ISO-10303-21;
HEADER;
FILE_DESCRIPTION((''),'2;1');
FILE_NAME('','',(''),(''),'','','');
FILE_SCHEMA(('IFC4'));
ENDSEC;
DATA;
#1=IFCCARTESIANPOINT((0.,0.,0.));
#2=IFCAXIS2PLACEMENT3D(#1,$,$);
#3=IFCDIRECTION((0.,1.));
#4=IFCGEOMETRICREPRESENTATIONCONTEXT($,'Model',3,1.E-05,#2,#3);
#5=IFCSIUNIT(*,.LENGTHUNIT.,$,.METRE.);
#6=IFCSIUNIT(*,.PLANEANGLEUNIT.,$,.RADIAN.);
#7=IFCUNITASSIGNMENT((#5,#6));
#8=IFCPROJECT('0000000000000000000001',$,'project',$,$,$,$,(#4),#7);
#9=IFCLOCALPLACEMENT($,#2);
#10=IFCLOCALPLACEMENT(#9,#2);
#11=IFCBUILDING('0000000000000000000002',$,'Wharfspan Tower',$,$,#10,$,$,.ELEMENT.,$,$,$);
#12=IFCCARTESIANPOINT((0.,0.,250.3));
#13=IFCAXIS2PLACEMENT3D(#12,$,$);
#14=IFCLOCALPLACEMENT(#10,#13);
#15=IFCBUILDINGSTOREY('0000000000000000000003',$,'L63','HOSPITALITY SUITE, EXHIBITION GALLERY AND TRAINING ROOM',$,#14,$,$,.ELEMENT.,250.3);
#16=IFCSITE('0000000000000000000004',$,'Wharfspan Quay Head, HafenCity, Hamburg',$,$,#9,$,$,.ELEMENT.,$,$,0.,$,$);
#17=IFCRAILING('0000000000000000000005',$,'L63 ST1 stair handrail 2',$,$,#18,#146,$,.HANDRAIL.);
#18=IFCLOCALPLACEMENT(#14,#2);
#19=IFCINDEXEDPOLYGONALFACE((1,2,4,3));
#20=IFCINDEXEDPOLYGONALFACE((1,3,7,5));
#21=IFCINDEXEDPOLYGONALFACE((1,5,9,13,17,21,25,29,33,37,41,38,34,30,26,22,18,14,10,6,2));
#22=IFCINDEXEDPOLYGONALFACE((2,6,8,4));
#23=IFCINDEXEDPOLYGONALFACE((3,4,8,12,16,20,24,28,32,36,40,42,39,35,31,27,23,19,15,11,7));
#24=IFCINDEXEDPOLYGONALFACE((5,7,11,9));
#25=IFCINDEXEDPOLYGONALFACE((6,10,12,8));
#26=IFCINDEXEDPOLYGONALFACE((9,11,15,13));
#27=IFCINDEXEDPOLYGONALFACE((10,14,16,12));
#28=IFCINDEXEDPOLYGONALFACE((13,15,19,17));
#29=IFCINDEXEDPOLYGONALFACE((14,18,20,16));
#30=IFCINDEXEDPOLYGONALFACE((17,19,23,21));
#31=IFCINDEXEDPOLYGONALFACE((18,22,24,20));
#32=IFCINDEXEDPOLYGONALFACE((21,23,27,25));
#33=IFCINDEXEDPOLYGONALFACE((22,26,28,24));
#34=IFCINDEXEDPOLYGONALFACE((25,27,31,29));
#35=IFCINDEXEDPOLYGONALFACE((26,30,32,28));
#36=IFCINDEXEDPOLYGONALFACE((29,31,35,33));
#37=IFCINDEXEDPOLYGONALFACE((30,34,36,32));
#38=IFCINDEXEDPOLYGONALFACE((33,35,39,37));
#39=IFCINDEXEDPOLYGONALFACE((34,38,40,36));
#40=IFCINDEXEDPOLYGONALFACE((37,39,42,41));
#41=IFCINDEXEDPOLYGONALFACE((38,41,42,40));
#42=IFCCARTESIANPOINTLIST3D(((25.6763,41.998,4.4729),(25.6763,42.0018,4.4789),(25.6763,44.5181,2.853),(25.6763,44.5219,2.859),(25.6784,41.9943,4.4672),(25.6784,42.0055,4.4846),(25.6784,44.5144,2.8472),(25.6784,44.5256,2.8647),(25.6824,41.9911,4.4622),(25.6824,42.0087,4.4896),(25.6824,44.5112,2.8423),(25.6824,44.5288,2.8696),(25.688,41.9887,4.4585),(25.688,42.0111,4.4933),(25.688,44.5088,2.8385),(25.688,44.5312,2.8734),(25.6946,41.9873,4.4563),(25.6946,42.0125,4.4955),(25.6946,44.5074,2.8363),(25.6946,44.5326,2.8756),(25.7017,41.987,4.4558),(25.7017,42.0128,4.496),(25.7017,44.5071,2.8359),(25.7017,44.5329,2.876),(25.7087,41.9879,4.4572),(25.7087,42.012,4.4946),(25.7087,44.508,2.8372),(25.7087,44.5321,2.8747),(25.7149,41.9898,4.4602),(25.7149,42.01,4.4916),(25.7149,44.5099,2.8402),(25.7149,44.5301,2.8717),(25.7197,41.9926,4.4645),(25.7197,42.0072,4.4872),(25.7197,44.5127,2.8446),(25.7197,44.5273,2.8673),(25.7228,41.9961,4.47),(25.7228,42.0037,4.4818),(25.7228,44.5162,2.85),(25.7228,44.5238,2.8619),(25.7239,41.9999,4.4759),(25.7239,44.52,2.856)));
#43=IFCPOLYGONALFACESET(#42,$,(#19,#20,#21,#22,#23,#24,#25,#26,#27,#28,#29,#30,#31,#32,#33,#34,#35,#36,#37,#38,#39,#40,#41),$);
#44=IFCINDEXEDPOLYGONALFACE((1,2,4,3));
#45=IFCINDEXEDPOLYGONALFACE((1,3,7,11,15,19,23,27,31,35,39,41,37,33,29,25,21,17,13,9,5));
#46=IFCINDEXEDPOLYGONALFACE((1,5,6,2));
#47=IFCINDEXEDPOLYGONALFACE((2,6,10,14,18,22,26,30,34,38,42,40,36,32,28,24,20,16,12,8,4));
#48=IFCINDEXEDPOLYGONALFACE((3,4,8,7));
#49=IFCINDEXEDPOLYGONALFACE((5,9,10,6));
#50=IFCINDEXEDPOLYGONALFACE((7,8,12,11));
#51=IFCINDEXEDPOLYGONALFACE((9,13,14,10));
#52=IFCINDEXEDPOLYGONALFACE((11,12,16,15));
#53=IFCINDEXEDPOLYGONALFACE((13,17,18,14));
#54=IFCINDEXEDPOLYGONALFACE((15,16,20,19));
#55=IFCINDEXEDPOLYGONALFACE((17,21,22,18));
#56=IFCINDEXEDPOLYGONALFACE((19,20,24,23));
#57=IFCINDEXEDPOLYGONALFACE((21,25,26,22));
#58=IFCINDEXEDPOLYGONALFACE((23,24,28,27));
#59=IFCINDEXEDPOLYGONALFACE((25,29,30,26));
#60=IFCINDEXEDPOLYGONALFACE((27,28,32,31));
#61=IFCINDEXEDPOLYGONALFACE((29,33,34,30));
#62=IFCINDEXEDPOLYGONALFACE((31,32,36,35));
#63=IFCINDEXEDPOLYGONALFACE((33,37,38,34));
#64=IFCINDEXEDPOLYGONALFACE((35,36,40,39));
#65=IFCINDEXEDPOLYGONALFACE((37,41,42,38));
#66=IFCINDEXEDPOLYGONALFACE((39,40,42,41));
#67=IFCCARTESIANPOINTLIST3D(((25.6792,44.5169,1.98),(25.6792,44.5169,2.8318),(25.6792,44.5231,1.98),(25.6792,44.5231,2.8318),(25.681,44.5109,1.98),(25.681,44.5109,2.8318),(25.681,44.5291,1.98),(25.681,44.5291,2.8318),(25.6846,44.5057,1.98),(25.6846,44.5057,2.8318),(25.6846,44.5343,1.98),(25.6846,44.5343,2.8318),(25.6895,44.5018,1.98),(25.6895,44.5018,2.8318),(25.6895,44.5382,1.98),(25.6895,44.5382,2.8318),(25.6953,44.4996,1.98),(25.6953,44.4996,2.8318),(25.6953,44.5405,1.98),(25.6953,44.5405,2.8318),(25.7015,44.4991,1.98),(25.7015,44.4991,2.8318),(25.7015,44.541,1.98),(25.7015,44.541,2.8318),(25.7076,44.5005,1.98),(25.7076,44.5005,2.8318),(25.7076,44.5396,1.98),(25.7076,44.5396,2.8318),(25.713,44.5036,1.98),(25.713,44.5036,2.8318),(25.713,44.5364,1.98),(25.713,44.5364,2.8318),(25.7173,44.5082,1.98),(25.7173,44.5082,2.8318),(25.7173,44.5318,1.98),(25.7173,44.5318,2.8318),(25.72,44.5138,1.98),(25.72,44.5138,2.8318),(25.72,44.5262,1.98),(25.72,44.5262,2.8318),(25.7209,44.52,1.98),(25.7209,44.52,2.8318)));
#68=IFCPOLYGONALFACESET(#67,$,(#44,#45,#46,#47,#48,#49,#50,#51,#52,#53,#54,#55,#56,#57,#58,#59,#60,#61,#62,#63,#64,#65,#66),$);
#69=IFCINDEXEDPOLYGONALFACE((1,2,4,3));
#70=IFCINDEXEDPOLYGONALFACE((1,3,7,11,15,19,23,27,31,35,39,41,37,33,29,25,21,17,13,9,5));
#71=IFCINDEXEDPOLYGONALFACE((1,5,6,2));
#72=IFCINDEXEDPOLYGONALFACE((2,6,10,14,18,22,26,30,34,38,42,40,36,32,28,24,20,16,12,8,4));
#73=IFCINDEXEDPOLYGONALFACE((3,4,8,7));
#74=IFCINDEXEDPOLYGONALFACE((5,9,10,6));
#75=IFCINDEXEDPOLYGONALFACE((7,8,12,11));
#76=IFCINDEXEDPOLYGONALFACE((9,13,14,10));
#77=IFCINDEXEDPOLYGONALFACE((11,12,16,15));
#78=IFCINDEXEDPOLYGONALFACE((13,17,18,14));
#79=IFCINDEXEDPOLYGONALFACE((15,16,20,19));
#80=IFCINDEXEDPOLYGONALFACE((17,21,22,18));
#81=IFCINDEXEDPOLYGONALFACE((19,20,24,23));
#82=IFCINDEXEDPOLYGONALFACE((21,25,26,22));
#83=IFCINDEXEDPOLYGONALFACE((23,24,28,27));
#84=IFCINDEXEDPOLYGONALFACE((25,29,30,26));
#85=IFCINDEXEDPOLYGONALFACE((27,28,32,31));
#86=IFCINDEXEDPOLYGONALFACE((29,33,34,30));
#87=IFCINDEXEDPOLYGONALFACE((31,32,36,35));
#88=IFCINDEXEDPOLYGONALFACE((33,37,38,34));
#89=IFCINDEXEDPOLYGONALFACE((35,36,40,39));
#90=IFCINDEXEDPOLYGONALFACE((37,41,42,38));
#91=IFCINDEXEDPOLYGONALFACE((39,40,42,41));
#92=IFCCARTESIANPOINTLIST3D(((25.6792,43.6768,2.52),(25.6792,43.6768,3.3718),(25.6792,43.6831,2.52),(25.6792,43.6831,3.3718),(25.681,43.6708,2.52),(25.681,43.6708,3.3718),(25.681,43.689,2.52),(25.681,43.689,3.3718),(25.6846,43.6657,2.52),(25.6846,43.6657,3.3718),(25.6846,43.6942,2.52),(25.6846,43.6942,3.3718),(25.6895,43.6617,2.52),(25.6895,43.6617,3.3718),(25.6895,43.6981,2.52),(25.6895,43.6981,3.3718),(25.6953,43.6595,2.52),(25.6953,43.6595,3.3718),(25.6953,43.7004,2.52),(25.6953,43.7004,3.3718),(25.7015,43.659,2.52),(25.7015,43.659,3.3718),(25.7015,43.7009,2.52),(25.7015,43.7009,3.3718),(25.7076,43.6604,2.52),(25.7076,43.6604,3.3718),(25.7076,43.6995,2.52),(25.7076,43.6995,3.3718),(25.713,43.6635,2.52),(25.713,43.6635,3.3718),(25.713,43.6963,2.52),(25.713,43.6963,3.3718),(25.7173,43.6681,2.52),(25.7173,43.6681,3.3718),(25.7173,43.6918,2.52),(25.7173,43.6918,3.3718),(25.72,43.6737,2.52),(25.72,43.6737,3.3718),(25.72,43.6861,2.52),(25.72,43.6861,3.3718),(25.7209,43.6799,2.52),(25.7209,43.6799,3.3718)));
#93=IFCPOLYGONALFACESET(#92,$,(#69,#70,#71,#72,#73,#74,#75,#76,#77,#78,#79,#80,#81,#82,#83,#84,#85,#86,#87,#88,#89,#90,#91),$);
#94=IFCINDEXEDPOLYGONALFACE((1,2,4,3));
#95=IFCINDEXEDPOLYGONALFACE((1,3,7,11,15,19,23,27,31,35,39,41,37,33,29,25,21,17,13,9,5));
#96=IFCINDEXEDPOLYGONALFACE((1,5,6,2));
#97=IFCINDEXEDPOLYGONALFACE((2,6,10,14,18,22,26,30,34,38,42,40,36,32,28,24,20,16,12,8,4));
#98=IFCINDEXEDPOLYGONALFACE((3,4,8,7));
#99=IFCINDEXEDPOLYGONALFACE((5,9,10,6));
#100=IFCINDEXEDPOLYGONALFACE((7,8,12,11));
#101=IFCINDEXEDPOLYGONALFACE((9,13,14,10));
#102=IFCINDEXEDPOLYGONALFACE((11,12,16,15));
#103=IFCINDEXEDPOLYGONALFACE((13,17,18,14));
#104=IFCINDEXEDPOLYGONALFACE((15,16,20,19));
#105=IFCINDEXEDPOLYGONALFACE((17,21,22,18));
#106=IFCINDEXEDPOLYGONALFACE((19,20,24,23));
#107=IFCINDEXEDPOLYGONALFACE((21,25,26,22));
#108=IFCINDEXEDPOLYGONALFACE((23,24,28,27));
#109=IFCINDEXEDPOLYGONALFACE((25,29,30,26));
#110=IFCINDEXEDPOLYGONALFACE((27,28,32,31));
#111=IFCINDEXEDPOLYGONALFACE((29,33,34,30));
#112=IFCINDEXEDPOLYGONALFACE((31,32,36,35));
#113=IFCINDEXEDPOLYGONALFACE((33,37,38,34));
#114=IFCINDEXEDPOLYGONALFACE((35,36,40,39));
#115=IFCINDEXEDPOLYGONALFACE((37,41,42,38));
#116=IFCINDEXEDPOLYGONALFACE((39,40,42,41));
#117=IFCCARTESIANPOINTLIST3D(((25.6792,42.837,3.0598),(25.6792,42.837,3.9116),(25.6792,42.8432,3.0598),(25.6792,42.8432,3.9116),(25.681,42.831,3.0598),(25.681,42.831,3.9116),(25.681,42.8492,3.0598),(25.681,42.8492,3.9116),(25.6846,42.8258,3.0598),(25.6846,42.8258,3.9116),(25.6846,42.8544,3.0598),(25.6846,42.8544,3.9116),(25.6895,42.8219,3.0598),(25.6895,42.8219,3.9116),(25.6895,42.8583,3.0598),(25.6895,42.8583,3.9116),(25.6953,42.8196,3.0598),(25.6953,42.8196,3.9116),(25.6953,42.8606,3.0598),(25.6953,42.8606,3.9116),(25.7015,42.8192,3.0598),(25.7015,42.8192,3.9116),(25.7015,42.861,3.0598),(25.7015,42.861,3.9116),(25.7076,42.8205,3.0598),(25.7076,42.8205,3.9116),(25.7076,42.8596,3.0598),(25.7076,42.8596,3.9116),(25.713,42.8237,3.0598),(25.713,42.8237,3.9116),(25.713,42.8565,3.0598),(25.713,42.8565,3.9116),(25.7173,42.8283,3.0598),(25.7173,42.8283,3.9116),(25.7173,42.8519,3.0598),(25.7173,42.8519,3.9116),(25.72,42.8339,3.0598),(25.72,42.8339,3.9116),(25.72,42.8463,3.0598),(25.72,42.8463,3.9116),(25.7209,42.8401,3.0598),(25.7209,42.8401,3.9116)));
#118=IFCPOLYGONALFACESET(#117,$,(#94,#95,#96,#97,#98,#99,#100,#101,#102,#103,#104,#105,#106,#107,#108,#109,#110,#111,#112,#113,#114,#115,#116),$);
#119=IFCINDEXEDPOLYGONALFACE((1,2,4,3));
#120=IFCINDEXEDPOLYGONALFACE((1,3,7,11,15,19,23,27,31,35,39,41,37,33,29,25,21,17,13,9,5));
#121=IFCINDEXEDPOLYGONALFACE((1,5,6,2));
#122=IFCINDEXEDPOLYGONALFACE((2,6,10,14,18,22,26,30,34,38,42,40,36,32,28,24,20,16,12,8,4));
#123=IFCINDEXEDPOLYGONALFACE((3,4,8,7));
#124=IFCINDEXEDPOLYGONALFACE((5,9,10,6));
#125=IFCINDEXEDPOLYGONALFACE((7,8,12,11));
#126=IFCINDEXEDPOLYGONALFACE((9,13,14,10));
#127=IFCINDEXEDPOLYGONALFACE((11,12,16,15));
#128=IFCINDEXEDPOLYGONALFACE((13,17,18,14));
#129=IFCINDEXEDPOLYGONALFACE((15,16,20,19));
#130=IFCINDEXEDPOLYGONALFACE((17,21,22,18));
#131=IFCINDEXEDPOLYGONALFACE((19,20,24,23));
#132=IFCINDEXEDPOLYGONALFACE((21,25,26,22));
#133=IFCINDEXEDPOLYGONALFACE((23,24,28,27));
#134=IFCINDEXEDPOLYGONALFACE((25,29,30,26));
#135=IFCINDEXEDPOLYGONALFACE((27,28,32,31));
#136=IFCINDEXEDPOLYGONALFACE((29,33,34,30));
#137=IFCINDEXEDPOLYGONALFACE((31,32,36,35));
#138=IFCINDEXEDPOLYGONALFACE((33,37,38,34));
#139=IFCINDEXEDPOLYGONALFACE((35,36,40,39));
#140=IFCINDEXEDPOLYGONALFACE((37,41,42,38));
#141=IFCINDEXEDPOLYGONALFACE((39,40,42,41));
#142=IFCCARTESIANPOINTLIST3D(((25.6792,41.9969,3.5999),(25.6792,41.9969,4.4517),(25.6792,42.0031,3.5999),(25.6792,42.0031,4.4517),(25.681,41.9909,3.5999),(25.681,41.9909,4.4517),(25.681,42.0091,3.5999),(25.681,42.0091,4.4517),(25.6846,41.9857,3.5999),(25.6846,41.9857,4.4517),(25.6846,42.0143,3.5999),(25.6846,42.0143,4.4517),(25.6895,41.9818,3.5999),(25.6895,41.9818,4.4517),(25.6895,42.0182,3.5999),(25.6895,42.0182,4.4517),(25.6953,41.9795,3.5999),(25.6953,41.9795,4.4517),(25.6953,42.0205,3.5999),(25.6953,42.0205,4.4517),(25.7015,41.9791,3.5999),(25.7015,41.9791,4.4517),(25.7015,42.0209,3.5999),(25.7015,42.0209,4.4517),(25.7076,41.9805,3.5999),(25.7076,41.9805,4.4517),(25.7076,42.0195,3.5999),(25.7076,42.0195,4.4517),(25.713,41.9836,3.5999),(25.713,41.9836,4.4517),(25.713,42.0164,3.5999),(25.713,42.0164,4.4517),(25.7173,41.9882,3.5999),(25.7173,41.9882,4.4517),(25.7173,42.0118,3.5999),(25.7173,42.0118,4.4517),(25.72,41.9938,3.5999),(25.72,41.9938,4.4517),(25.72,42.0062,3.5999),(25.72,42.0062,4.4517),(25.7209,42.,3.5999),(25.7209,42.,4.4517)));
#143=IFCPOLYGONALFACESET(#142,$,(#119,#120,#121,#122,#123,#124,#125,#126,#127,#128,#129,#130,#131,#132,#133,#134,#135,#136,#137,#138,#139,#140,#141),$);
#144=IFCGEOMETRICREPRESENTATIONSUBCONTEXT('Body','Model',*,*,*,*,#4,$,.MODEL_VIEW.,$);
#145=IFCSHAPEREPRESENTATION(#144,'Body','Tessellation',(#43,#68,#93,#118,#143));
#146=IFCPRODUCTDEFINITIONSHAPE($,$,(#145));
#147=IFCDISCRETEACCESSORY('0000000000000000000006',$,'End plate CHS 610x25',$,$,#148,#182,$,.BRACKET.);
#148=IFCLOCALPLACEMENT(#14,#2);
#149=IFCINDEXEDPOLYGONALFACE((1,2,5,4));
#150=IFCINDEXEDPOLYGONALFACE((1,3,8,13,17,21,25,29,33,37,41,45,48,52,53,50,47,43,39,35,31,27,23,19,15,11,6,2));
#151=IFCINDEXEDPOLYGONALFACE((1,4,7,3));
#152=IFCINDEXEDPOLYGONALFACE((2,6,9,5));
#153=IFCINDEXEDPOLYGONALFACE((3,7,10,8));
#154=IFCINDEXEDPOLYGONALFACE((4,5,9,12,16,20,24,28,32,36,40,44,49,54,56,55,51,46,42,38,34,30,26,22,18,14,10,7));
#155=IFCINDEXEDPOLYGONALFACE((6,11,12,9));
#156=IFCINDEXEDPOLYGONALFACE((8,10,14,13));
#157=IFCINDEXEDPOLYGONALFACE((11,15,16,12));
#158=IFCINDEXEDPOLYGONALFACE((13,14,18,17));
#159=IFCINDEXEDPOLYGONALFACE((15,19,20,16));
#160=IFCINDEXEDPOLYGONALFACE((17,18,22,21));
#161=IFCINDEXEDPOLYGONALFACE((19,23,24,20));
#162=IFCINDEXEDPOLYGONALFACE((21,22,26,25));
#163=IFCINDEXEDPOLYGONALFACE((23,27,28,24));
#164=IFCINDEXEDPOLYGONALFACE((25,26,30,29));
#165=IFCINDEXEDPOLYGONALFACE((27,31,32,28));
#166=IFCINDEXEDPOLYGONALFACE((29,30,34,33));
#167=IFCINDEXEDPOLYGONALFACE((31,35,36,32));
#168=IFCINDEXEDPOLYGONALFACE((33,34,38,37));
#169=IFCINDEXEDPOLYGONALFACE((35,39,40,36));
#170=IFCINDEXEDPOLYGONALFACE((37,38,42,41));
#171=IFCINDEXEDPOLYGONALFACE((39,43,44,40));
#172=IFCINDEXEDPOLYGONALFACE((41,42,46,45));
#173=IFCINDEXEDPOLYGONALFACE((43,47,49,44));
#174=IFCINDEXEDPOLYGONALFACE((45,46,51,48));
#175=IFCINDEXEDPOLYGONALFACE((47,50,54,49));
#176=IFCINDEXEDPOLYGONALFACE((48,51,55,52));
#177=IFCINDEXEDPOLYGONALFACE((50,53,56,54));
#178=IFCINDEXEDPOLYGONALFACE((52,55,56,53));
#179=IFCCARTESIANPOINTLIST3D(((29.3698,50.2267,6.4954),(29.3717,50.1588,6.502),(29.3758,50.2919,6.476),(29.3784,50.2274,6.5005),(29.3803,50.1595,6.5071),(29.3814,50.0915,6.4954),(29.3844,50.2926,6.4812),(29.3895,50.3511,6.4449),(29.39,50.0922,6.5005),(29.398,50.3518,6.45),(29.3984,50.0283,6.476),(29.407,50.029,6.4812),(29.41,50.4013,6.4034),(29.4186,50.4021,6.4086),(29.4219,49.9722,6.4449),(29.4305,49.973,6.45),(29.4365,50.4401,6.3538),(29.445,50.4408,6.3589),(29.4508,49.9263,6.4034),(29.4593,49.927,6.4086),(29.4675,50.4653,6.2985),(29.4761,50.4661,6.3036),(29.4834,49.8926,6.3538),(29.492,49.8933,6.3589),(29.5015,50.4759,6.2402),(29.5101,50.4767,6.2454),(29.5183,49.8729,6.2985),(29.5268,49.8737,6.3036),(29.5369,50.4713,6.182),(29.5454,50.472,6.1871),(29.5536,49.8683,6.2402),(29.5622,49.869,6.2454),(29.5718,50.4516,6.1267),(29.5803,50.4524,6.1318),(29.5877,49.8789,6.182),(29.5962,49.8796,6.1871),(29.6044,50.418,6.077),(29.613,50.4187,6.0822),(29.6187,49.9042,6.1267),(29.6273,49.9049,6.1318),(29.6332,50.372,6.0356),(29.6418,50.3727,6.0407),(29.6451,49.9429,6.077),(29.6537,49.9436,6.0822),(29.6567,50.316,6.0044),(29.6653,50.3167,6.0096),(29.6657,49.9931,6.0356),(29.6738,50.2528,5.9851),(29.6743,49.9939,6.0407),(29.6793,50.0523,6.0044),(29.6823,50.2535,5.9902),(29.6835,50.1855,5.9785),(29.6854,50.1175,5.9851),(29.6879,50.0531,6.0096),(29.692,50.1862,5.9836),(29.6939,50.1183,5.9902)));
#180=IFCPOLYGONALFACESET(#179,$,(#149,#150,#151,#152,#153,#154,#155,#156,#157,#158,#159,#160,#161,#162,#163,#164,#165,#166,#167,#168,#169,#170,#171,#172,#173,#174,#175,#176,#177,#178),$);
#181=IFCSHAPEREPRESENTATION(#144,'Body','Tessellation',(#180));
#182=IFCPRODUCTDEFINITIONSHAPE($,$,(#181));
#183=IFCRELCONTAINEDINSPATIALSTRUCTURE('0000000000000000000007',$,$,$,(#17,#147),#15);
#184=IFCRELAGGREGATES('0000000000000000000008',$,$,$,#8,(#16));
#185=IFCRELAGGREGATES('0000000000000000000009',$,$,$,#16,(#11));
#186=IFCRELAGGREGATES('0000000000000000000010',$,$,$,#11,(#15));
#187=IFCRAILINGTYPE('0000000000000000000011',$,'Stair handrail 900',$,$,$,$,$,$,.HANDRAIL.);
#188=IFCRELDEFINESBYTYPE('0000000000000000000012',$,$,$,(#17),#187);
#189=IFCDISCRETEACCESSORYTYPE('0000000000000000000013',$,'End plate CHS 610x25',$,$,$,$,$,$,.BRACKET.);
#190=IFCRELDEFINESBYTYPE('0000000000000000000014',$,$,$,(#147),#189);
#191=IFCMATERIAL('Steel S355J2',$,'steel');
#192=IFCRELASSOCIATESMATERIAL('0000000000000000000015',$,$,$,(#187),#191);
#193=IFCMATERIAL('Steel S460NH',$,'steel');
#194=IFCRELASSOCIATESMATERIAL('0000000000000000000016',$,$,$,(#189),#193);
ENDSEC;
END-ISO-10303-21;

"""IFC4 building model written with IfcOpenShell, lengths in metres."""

from ifc_helpers import new_model, si_unit, direction, frame, origin, origin_2d, place, context, subcontext, project, spatial, circle, extrude, material, material_profile, profile_set, type_object, element, save


model = new_model("IFC4")

# Units and contexts
model_context = context("Model", 3, precision=1e-05, world=origin(), true_north=direction((0.0, 1.0)))
body_context = subcontext(model_context, "Body", "Model", "MODEL_VIEW")
ifc_project = project(units=[si_unit("LENGTHUNIT", "METRE"), si_unit("PLANEANGLEUNIT", "RADIAN")], contexts=[model_context])

# Site, building, storey
site_placement = place(None, origin())
site = spatial("IfcSite", under=ifc_project, at=site_placement, Name="Wharfspan Quay Head, HafenCity, Hamburg", CompositionType="ELEMENT", RefElevation=0.0)
building_placement = place(site_placement, origin())
building = spatial("IfcBuilding", under=site, at=building_placement, Name="Wharfspan Tower", CompositionType="ELEMENT")
storey_placement = place(building_placement, frame((0.0, 0.0, 250.3)))
storey = spatial("IfcBuildingStorey", under=building, at=storey_placement, Name="L63", Description="HOSPITALITY SUITE, EXHIBITION GALLERY AND TRAINING ROOM", CompositionType="ELEMENT", Elevation=250.3)

# Shared definitions
ifc_material_1 = material(Name="Steel S355J2", Category="steel")

# Shared definitions
ifc_material_2 = material(Name="Steel S460NH", Category="steel")

# Railing
railing_type_1 = type_object("IfcRailingType", Name="Stair handrail 900", PredefinedType="HANDRAIL", material=ifc_material_1)
railing_1_placement = place(storey_placement, frame((25.7, 44.52, 1.98)))
element("IfcRailing", 1, at=railing_1_placement, inside=storey, type_object=railing_type_1, Name="L63 ST1 stair handrail 2", PredefinedType="HANDRAIL", context=body_context, shape_type="SweptSolid", body=[
    extrude(circle(Radius=0.0239, at=origin_2d()), frame((0.0, 0.0, 0.876), z_axis=(0.0, -0.8412, 0.540725), x_axis=(1.0, 0.0, 0.0)), (0.0, 0.0, 1.0), 2.9958),
    extrude(circle(Radius=0.021, at=origin_2d()), origin(), (0.0, 0.0, 1.0), 0.8518),
    extrude(circle(Radius=0.021, at=origin_2d()), frame((0.0, -0.8401, 0.54)), (0.0, 0.0, 1.0), 0.8518),
    extrude(circle(Radius=0.021, at=origin_2d()), frame((0.0, -1.6799, 1.0798)), (0.0, 0.0, 1.0), 0.8518),
    extrude(circle(Radius=0.021, at=origin_2d()), frame((0.0, -2.52, 1.6199)), (0.0, 0.0, 1.0), 0.8518),
])

# Discrete accessory
ifc_material_profile_1 = material_profile(ifc_material_2, circle(Radius=0.3049, at=origin_2d()))
ifc_profile_set_1 = profile_set([ifc_material_profile_1], Name="Steel S460NH")
discrete_accessory_type = type_object("IfcDiscreteAccessoryType", Name="End plate CHS 610x25", PredefinedType="BRACKET", material=ifc_profile_set_1)
for number, where, z_axis, x_axis, name in (
    (2, (29.5276, 50.1721, 6.2402), (0.855186, 0.073302, 0.513112), (-0.085402, 0.996345, 0.000001), "End plate CHS 610x25"),
):
    element("IfcDiscreteAccessory", number, at=place(storey_placement, frame(where, z_axis=z_axis, x_axis=x_axis)), inside=storey, type_object=discrete_accessory_type, Name=name, PredefinedType="BRACKET", context=body_context, shape_type="SweptSolid", body=[
        extrude(circle(Radius=0.3049, at=origin_2d()), origin(), (0.0, 0.0, 1.0), 0.01),
    ])

save(model, "model.ifc")
